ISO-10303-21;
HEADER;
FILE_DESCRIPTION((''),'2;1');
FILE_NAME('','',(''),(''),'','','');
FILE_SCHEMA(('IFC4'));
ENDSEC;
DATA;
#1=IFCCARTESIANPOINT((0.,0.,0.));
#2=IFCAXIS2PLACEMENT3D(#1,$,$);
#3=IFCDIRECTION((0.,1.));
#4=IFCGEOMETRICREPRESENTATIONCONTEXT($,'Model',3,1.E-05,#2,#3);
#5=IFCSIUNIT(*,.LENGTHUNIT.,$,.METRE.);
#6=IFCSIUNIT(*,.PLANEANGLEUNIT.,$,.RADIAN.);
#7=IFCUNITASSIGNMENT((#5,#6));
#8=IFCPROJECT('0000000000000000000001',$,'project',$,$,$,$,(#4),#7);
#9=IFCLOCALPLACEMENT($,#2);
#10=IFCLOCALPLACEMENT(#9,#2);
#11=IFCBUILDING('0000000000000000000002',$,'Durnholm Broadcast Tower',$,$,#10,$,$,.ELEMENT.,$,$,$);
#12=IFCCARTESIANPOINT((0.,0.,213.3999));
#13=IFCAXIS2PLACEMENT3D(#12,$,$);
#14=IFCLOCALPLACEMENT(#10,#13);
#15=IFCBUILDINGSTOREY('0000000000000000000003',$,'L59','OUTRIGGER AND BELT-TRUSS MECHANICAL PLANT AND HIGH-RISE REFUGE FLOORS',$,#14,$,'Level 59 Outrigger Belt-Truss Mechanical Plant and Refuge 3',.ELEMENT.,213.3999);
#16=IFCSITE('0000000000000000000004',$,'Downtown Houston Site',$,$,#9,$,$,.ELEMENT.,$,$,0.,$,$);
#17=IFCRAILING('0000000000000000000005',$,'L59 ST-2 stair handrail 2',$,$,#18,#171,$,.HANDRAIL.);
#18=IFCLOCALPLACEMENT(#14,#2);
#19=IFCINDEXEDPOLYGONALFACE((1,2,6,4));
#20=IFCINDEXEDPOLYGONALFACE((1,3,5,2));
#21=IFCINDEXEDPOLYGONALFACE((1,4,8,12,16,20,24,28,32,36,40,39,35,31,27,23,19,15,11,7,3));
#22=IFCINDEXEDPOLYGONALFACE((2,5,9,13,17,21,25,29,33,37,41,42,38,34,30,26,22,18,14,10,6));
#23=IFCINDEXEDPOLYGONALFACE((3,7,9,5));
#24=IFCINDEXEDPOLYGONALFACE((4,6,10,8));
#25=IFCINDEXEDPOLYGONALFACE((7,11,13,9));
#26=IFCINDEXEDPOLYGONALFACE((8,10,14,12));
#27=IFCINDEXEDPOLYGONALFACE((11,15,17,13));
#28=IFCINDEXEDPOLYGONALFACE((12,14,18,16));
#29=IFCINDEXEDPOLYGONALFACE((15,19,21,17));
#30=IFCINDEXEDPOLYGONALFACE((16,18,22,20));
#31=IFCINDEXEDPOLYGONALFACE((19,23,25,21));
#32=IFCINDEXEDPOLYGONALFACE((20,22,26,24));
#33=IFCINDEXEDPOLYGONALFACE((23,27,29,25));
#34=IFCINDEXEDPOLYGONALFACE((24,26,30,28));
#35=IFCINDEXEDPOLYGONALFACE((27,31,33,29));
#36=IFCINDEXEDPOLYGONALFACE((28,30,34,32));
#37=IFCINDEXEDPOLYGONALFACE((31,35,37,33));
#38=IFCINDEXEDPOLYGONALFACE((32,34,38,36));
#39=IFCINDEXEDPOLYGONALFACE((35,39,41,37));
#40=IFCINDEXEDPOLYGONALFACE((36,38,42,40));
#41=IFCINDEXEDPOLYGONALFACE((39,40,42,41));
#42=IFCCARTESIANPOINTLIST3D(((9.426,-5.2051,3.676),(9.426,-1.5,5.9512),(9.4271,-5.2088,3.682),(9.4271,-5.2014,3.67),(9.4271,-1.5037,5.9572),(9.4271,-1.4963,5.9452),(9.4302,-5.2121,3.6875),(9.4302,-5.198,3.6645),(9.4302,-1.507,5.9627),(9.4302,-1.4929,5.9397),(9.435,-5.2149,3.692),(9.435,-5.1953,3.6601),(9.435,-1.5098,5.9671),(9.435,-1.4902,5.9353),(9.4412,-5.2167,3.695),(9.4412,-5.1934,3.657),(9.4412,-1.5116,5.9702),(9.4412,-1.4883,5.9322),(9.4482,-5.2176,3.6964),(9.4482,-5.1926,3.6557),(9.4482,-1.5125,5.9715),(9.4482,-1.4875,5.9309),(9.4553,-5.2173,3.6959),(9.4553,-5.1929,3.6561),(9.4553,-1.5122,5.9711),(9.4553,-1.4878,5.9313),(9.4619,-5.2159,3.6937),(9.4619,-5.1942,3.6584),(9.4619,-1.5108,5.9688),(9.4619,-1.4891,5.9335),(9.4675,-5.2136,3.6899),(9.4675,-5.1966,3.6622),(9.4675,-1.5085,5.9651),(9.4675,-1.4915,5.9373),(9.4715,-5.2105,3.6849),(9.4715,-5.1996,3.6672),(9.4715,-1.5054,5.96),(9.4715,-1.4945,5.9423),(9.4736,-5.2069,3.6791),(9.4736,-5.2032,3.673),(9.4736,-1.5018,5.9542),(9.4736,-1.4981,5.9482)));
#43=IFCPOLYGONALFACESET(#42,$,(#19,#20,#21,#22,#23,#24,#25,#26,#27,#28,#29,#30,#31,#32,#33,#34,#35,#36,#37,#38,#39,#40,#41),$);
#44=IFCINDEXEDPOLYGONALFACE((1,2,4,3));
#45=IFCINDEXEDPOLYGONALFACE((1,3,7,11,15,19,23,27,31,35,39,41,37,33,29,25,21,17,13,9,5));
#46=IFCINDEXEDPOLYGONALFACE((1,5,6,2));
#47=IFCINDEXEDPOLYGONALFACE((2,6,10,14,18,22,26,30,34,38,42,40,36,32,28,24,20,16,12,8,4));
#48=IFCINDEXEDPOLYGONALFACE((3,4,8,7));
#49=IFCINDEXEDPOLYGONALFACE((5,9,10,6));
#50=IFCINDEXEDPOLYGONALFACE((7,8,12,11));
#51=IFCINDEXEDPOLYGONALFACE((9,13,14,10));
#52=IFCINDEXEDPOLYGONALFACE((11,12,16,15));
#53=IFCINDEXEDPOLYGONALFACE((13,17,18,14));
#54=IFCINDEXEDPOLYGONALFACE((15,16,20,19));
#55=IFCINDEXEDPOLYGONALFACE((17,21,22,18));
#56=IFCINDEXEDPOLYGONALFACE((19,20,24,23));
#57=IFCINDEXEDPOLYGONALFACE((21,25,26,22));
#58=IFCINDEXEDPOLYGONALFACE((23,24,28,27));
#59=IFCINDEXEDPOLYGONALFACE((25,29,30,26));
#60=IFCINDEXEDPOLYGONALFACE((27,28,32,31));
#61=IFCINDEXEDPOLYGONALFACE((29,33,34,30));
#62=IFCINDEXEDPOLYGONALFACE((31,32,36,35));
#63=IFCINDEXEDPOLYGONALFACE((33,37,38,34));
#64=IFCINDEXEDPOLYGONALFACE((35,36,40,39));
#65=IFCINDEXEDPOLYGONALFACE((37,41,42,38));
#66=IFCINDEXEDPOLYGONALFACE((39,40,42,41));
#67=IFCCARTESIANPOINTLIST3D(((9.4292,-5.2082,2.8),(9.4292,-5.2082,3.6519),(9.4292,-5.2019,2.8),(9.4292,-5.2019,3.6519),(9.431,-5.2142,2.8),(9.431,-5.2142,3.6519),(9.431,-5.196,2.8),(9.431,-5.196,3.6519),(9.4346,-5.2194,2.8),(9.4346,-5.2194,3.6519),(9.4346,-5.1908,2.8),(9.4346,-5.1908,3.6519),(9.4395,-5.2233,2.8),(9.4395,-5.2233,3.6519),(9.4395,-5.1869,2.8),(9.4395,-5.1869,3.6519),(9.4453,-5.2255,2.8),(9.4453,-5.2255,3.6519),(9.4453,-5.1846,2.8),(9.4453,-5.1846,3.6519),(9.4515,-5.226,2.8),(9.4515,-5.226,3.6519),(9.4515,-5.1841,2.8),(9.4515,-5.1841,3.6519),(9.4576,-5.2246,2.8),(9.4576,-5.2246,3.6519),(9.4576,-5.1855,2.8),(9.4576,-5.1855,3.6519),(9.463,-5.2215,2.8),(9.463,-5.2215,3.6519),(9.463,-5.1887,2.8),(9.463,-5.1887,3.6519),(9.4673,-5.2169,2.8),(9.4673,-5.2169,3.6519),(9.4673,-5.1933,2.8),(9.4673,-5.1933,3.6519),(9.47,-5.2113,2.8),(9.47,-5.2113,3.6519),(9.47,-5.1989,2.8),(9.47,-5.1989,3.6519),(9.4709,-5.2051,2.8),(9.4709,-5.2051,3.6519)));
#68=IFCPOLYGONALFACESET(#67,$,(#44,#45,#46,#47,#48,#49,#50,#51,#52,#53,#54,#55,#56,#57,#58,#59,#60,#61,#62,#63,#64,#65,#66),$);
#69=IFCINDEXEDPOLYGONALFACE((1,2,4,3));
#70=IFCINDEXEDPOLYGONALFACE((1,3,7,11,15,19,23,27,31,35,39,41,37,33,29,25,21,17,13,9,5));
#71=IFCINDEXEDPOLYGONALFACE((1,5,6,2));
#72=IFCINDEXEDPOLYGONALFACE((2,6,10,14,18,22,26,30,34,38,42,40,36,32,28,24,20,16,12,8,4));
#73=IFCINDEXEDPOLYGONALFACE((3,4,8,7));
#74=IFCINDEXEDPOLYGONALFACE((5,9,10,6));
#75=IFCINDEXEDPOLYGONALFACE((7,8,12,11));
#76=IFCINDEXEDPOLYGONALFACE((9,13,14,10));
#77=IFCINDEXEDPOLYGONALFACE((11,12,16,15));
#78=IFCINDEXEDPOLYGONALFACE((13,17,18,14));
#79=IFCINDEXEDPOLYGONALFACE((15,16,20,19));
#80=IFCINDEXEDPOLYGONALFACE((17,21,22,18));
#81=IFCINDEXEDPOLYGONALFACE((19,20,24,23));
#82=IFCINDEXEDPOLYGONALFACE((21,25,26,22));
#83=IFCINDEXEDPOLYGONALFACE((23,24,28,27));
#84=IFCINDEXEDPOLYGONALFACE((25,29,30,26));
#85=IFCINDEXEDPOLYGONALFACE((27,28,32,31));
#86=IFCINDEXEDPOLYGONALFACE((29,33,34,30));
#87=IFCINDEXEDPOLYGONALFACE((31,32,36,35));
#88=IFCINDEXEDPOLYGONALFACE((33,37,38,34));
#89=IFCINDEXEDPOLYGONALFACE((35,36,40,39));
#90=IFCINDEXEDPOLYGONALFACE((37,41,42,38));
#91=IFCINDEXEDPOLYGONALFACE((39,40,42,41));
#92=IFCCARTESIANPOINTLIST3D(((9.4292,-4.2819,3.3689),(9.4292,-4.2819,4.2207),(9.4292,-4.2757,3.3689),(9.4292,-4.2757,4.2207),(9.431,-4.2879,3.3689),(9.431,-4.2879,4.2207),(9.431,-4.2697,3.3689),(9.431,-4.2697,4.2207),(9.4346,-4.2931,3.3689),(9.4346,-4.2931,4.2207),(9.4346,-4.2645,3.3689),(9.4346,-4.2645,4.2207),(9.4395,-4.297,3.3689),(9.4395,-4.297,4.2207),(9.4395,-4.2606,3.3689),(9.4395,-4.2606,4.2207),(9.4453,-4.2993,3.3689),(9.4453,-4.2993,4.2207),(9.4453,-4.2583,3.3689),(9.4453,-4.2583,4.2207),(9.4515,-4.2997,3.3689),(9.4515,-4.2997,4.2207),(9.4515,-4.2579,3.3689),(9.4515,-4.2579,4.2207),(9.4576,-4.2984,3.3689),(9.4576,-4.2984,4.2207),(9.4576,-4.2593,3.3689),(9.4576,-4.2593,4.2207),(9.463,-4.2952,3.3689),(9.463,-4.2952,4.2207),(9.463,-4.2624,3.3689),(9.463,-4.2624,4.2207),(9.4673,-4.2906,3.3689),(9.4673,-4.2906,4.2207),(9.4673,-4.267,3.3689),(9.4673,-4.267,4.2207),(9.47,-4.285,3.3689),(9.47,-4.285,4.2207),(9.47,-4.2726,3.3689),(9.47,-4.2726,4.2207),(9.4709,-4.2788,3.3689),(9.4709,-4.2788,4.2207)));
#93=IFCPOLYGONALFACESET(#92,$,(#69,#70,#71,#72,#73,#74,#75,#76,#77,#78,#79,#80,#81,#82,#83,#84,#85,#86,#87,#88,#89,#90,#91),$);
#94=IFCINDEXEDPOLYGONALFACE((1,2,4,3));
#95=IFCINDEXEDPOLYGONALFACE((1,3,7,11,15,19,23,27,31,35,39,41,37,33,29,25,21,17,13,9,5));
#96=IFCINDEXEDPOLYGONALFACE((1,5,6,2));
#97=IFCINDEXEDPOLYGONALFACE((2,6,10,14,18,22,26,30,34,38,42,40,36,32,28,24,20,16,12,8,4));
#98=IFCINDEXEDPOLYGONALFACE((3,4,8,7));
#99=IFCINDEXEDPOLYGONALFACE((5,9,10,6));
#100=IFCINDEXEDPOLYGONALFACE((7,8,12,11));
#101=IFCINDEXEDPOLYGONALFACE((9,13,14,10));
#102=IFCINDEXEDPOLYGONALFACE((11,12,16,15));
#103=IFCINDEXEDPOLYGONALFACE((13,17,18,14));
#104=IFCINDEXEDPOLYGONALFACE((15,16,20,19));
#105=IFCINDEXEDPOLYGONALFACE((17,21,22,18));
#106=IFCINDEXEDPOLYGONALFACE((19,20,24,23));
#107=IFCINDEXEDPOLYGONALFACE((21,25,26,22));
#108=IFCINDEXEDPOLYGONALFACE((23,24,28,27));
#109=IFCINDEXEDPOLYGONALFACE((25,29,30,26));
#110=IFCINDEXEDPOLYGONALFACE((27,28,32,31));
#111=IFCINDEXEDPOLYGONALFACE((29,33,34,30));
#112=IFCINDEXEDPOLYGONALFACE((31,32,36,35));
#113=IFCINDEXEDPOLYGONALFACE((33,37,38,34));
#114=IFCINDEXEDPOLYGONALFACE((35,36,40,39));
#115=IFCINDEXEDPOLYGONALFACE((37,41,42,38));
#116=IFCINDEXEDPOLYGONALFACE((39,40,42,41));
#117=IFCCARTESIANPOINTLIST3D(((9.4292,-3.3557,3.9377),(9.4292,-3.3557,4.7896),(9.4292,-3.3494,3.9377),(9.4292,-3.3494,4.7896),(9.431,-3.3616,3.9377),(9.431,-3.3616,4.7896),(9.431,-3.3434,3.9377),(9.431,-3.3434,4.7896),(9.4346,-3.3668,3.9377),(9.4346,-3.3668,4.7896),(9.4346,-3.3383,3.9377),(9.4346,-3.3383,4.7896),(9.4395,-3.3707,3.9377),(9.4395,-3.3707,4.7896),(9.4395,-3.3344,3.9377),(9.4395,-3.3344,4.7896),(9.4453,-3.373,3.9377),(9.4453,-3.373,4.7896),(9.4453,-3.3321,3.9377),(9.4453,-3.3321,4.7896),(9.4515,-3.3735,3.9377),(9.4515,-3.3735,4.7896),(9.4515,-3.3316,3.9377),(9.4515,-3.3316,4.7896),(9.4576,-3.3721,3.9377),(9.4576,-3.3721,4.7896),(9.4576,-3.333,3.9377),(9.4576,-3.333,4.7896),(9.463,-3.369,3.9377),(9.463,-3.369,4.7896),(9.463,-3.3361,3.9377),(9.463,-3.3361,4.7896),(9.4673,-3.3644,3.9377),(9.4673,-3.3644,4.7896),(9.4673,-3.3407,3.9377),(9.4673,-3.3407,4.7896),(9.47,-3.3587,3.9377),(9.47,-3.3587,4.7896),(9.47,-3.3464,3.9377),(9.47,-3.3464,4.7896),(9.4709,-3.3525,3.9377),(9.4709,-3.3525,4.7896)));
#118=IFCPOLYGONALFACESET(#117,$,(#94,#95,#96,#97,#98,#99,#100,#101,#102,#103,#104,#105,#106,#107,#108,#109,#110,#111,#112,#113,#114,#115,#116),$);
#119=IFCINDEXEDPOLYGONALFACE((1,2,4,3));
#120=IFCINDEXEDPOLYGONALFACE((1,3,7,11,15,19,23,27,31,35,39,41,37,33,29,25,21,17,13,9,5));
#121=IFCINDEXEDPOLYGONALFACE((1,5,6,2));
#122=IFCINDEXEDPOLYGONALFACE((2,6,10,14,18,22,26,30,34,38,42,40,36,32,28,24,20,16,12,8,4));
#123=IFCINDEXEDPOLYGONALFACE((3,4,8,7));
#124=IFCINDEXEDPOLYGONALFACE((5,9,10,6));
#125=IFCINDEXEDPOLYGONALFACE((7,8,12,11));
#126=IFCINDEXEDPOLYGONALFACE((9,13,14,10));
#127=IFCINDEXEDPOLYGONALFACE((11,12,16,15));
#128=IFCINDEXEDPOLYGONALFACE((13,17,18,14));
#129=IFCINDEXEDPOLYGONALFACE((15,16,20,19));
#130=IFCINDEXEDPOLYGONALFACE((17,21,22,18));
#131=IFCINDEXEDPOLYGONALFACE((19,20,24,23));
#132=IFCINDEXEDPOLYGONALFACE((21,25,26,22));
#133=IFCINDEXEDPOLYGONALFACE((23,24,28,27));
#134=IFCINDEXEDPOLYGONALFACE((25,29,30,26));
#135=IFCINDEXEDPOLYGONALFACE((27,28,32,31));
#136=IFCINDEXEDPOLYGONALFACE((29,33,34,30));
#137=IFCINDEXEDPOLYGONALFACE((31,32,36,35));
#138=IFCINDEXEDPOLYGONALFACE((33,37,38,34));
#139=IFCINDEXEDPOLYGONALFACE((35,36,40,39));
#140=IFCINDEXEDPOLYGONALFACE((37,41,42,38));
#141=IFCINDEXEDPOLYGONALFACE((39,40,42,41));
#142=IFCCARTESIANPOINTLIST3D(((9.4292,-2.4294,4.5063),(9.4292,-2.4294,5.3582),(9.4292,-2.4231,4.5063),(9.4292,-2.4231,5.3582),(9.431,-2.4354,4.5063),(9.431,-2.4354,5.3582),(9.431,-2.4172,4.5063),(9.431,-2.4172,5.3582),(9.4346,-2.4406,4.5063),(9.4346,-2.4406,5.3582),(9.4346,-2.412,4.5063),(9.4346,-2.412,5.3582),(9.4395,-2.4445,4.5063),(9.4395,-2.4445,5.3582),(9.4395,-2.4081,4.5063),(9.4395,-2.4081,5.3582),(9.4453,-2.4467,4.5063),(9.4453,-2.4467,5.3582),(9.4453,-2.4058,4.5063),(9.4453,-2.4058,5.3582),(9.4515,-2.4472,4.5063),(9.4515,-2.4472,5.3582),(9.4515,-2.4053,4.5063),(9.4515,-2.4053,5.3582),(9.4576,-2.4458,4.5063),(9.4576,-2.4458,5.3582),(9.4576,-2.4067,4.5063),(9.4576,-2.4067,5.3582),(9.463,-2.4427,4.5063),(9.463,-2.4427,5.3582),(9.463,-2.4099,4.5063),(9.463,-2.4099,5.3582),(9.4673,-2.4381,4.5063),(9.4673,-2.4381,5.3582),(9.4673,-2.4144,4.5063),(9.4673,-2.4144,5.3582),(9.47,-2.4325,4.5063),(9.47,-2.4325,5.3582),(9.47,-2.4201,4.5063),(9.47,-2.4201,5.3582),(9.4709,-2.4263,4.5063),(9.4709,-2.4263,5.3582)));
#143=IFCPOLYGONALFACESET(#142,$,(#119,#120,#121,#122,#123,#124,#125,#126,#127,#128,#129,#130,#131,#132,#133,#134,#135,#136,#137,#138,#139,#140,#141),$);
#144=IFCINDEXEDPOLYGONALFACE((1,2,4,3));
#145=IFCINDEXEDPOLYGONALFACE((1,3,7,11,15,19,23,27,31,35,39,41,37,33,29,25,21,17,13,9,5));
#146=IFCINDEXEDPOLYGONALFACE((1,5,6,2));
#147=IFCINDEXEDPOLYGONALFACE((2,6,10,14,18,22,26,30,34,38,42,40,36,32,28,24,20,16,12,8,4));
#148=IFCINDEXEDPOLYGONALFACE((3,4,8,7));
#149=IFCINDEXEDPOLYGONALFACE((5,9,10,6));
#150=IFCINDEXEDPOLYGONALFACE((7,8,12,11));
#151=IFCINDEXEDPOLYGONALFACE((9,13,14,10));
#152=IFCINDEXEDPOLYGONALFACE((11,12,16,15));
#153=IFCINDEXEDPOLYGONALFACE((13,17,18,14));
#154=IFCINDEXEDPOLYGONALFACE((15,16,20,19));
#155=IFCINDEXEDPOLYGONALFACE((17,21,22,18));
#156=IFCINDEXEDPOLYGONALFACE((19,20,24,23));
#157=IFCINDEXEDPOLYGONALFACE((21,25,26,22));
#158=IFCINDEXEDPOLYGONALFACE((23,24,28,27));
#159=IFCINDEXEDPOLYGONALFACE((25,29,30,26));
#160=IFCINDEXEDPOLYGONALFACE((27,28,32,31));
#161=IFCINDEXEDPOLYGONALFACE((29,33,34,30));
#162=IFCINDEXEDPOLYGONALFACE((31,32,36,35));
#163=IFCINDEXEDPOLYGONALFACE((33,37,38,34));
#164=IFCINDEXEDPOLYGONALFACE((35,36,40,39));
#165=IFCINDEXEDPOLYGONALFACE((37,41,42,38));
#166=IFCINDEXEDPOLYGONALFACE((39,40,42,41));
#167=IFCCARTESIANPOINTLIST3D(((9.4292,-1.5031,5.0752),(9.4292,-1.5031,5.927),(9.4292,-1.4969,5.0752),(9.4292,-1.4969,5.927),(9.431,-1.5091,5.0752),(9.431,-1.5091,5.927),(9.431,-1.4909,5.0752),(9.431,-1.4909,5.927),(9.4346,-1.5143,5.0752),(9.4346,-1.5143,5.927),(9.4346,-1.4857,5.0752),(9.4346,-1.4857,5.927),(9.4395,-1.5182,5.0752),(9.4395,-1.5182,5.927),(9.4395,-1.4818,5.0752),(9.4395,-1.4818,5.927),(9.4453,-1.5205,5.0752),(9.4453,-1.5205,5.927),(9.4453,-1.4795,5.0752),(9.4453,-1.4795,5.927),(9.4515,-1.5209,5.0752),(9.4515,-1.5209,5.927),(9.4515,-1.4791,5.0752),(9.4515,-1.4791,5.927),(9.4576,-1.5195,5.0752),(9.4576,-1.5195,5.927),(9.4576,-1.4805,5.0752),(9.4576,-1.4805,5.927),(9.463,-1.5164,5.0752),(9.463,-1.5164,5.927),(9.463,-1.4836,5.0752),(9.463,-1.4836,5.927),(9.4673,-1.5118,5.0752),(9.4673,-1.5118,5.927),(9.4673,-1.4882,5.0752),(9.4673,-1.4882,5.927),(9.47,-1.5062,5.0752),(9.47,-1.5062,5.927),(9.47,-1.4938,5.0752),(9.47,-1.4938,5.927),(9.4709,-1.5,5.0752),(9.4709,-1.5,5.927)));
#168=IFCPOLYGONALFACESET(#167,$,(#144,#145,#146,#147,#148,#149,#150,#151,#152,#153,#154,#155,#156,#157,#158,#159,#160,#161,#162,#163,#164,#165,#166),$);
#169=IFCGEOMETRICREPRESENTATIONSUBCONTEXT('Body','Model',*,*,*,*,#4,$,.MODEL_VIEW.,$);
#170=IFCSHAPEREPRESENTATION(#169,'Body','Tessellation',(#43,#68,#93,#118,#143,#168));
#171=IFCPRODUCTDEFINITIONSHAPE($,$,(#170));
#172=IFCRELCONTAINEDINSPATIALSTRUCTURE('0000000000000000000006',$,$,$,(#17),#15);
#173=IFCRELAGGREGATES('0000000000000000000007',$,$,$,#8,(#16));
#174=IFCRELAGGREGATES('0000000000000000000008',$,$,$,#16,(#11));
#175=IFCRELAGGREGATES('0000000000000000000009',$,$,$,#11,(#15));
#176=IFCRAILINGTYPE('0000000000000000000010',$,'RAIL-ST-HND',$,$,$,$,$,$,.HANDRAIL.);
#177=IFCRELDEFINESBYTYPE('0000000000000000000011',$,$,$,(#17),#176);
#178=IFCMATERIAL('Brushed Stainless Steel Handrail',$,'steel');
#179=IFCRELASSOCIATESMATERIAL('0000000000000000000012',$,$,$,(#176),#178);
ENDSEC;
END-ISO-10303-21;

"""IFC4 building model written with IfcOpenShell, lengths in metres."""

from ifc_helpers import new_model, si_unit, direction, frame, origin, origin_2d, place, context, subcontext, project, spatial, circle, extrude, material, type_object, element, save


model = new_model("IFC4")

# Units and contexts
model_context = context("Model", 3, precision=1e-05, world=origin(), true_north=direction((0.0, 1.0)))
body_context = subcontext(model_context, "Body", "Model", "MODEL_VIEW")
ifc_project = project(units=[si_unit("LENGTHUNIT", "METRE"), si_unit("PLANEANGLEUNIT", "RADIAN")], contexts=[model_context])

# Site, building, storey
site_placement = place(None, origin())
site = spatial("IfcSite", under=ifc_project, at=site_placement, Name="Downtown Houston Site", CompositionType="ELEMENT", RefElevation=0.0)
building_placement = place(site_placement, origin())
building = spatial("IfcBuilding", under=site, at=building_placement, Name="Durnholm Broadcast Tower", CompositionType="ELEMENT")
storey_placement = place(building_placement, frame((0.0, 0.0, 213.3999)))
storey = spatial("IfcBuildingStorey", under=building, at=storey_placement, Name="L59", Description="OUTRIGGER AND BELT-TRUSS MECHANICAL PLANT AND HIGH-RISE REFUGE FLOORS", LongName="Level 59 Outrigger Belt-Truss Mechanical Plant and Refuge 3", CompositionType="ELEMENT", Elevation=213.3999)

# Railing
ifc_material_1 = material(Name="Brushed Stainless Steel Handrail", Category="steel")
railing_type = type_object("IfcRailingType", Name="RAIL-ST-HND", PredefinedType="HANDRAIL", material=ifc_material_1)
railing_placement = place(storey_placement, frame((9.45, -5.2051, 2.8)))
element("IfcRailing", 1, at=railing_placement, inside=storey, type_object=railing_type, Name="L59 ST-2 stair handrail 2", PredefinedType="HANDRAIL", context=body_context, shape_type="SweptSolid", body=[
    extrude(circle(Radius=0.0239, at=origin_2d()), frame((0.0, 0.0, 0.876), z_axis=(0.0, 0.852161, 0.523279), x_axis=(-1.0, 0.0, 0.0)), (0.0, 0.0, 1.0), 4.3479),
    extrude(circle(Radius=0.021, at=origin_2d()), origin(), (0.0, 0.0, 1.0), 0.8518),
    extrude(circle(Radius=0.021, at=origin_2d()), frame((0.0, 0.9263, 0.5688)), (0.0, 0.0, 1.0), 0.8518),
    extrude(circle(Radius=0.021, at=origin_2d()), frame((0.0, 1.8525, 1.1377)), (0.0, 0.0, 1.0), 0.8518),
    extrude(circle(Radius=0.021, at=origin_2d()), frame((0.0, 2.7788, 1.7063)), (0.0, 0.0, 1.0), 0.8518),
    extrude(circle(Radius=0.021, at=origin_2d()), frame((0.0, 3.7051, 2.2751)), (0.0, 0.0, 1.0), 0.8518),
])

save(model, "model.ifc")
